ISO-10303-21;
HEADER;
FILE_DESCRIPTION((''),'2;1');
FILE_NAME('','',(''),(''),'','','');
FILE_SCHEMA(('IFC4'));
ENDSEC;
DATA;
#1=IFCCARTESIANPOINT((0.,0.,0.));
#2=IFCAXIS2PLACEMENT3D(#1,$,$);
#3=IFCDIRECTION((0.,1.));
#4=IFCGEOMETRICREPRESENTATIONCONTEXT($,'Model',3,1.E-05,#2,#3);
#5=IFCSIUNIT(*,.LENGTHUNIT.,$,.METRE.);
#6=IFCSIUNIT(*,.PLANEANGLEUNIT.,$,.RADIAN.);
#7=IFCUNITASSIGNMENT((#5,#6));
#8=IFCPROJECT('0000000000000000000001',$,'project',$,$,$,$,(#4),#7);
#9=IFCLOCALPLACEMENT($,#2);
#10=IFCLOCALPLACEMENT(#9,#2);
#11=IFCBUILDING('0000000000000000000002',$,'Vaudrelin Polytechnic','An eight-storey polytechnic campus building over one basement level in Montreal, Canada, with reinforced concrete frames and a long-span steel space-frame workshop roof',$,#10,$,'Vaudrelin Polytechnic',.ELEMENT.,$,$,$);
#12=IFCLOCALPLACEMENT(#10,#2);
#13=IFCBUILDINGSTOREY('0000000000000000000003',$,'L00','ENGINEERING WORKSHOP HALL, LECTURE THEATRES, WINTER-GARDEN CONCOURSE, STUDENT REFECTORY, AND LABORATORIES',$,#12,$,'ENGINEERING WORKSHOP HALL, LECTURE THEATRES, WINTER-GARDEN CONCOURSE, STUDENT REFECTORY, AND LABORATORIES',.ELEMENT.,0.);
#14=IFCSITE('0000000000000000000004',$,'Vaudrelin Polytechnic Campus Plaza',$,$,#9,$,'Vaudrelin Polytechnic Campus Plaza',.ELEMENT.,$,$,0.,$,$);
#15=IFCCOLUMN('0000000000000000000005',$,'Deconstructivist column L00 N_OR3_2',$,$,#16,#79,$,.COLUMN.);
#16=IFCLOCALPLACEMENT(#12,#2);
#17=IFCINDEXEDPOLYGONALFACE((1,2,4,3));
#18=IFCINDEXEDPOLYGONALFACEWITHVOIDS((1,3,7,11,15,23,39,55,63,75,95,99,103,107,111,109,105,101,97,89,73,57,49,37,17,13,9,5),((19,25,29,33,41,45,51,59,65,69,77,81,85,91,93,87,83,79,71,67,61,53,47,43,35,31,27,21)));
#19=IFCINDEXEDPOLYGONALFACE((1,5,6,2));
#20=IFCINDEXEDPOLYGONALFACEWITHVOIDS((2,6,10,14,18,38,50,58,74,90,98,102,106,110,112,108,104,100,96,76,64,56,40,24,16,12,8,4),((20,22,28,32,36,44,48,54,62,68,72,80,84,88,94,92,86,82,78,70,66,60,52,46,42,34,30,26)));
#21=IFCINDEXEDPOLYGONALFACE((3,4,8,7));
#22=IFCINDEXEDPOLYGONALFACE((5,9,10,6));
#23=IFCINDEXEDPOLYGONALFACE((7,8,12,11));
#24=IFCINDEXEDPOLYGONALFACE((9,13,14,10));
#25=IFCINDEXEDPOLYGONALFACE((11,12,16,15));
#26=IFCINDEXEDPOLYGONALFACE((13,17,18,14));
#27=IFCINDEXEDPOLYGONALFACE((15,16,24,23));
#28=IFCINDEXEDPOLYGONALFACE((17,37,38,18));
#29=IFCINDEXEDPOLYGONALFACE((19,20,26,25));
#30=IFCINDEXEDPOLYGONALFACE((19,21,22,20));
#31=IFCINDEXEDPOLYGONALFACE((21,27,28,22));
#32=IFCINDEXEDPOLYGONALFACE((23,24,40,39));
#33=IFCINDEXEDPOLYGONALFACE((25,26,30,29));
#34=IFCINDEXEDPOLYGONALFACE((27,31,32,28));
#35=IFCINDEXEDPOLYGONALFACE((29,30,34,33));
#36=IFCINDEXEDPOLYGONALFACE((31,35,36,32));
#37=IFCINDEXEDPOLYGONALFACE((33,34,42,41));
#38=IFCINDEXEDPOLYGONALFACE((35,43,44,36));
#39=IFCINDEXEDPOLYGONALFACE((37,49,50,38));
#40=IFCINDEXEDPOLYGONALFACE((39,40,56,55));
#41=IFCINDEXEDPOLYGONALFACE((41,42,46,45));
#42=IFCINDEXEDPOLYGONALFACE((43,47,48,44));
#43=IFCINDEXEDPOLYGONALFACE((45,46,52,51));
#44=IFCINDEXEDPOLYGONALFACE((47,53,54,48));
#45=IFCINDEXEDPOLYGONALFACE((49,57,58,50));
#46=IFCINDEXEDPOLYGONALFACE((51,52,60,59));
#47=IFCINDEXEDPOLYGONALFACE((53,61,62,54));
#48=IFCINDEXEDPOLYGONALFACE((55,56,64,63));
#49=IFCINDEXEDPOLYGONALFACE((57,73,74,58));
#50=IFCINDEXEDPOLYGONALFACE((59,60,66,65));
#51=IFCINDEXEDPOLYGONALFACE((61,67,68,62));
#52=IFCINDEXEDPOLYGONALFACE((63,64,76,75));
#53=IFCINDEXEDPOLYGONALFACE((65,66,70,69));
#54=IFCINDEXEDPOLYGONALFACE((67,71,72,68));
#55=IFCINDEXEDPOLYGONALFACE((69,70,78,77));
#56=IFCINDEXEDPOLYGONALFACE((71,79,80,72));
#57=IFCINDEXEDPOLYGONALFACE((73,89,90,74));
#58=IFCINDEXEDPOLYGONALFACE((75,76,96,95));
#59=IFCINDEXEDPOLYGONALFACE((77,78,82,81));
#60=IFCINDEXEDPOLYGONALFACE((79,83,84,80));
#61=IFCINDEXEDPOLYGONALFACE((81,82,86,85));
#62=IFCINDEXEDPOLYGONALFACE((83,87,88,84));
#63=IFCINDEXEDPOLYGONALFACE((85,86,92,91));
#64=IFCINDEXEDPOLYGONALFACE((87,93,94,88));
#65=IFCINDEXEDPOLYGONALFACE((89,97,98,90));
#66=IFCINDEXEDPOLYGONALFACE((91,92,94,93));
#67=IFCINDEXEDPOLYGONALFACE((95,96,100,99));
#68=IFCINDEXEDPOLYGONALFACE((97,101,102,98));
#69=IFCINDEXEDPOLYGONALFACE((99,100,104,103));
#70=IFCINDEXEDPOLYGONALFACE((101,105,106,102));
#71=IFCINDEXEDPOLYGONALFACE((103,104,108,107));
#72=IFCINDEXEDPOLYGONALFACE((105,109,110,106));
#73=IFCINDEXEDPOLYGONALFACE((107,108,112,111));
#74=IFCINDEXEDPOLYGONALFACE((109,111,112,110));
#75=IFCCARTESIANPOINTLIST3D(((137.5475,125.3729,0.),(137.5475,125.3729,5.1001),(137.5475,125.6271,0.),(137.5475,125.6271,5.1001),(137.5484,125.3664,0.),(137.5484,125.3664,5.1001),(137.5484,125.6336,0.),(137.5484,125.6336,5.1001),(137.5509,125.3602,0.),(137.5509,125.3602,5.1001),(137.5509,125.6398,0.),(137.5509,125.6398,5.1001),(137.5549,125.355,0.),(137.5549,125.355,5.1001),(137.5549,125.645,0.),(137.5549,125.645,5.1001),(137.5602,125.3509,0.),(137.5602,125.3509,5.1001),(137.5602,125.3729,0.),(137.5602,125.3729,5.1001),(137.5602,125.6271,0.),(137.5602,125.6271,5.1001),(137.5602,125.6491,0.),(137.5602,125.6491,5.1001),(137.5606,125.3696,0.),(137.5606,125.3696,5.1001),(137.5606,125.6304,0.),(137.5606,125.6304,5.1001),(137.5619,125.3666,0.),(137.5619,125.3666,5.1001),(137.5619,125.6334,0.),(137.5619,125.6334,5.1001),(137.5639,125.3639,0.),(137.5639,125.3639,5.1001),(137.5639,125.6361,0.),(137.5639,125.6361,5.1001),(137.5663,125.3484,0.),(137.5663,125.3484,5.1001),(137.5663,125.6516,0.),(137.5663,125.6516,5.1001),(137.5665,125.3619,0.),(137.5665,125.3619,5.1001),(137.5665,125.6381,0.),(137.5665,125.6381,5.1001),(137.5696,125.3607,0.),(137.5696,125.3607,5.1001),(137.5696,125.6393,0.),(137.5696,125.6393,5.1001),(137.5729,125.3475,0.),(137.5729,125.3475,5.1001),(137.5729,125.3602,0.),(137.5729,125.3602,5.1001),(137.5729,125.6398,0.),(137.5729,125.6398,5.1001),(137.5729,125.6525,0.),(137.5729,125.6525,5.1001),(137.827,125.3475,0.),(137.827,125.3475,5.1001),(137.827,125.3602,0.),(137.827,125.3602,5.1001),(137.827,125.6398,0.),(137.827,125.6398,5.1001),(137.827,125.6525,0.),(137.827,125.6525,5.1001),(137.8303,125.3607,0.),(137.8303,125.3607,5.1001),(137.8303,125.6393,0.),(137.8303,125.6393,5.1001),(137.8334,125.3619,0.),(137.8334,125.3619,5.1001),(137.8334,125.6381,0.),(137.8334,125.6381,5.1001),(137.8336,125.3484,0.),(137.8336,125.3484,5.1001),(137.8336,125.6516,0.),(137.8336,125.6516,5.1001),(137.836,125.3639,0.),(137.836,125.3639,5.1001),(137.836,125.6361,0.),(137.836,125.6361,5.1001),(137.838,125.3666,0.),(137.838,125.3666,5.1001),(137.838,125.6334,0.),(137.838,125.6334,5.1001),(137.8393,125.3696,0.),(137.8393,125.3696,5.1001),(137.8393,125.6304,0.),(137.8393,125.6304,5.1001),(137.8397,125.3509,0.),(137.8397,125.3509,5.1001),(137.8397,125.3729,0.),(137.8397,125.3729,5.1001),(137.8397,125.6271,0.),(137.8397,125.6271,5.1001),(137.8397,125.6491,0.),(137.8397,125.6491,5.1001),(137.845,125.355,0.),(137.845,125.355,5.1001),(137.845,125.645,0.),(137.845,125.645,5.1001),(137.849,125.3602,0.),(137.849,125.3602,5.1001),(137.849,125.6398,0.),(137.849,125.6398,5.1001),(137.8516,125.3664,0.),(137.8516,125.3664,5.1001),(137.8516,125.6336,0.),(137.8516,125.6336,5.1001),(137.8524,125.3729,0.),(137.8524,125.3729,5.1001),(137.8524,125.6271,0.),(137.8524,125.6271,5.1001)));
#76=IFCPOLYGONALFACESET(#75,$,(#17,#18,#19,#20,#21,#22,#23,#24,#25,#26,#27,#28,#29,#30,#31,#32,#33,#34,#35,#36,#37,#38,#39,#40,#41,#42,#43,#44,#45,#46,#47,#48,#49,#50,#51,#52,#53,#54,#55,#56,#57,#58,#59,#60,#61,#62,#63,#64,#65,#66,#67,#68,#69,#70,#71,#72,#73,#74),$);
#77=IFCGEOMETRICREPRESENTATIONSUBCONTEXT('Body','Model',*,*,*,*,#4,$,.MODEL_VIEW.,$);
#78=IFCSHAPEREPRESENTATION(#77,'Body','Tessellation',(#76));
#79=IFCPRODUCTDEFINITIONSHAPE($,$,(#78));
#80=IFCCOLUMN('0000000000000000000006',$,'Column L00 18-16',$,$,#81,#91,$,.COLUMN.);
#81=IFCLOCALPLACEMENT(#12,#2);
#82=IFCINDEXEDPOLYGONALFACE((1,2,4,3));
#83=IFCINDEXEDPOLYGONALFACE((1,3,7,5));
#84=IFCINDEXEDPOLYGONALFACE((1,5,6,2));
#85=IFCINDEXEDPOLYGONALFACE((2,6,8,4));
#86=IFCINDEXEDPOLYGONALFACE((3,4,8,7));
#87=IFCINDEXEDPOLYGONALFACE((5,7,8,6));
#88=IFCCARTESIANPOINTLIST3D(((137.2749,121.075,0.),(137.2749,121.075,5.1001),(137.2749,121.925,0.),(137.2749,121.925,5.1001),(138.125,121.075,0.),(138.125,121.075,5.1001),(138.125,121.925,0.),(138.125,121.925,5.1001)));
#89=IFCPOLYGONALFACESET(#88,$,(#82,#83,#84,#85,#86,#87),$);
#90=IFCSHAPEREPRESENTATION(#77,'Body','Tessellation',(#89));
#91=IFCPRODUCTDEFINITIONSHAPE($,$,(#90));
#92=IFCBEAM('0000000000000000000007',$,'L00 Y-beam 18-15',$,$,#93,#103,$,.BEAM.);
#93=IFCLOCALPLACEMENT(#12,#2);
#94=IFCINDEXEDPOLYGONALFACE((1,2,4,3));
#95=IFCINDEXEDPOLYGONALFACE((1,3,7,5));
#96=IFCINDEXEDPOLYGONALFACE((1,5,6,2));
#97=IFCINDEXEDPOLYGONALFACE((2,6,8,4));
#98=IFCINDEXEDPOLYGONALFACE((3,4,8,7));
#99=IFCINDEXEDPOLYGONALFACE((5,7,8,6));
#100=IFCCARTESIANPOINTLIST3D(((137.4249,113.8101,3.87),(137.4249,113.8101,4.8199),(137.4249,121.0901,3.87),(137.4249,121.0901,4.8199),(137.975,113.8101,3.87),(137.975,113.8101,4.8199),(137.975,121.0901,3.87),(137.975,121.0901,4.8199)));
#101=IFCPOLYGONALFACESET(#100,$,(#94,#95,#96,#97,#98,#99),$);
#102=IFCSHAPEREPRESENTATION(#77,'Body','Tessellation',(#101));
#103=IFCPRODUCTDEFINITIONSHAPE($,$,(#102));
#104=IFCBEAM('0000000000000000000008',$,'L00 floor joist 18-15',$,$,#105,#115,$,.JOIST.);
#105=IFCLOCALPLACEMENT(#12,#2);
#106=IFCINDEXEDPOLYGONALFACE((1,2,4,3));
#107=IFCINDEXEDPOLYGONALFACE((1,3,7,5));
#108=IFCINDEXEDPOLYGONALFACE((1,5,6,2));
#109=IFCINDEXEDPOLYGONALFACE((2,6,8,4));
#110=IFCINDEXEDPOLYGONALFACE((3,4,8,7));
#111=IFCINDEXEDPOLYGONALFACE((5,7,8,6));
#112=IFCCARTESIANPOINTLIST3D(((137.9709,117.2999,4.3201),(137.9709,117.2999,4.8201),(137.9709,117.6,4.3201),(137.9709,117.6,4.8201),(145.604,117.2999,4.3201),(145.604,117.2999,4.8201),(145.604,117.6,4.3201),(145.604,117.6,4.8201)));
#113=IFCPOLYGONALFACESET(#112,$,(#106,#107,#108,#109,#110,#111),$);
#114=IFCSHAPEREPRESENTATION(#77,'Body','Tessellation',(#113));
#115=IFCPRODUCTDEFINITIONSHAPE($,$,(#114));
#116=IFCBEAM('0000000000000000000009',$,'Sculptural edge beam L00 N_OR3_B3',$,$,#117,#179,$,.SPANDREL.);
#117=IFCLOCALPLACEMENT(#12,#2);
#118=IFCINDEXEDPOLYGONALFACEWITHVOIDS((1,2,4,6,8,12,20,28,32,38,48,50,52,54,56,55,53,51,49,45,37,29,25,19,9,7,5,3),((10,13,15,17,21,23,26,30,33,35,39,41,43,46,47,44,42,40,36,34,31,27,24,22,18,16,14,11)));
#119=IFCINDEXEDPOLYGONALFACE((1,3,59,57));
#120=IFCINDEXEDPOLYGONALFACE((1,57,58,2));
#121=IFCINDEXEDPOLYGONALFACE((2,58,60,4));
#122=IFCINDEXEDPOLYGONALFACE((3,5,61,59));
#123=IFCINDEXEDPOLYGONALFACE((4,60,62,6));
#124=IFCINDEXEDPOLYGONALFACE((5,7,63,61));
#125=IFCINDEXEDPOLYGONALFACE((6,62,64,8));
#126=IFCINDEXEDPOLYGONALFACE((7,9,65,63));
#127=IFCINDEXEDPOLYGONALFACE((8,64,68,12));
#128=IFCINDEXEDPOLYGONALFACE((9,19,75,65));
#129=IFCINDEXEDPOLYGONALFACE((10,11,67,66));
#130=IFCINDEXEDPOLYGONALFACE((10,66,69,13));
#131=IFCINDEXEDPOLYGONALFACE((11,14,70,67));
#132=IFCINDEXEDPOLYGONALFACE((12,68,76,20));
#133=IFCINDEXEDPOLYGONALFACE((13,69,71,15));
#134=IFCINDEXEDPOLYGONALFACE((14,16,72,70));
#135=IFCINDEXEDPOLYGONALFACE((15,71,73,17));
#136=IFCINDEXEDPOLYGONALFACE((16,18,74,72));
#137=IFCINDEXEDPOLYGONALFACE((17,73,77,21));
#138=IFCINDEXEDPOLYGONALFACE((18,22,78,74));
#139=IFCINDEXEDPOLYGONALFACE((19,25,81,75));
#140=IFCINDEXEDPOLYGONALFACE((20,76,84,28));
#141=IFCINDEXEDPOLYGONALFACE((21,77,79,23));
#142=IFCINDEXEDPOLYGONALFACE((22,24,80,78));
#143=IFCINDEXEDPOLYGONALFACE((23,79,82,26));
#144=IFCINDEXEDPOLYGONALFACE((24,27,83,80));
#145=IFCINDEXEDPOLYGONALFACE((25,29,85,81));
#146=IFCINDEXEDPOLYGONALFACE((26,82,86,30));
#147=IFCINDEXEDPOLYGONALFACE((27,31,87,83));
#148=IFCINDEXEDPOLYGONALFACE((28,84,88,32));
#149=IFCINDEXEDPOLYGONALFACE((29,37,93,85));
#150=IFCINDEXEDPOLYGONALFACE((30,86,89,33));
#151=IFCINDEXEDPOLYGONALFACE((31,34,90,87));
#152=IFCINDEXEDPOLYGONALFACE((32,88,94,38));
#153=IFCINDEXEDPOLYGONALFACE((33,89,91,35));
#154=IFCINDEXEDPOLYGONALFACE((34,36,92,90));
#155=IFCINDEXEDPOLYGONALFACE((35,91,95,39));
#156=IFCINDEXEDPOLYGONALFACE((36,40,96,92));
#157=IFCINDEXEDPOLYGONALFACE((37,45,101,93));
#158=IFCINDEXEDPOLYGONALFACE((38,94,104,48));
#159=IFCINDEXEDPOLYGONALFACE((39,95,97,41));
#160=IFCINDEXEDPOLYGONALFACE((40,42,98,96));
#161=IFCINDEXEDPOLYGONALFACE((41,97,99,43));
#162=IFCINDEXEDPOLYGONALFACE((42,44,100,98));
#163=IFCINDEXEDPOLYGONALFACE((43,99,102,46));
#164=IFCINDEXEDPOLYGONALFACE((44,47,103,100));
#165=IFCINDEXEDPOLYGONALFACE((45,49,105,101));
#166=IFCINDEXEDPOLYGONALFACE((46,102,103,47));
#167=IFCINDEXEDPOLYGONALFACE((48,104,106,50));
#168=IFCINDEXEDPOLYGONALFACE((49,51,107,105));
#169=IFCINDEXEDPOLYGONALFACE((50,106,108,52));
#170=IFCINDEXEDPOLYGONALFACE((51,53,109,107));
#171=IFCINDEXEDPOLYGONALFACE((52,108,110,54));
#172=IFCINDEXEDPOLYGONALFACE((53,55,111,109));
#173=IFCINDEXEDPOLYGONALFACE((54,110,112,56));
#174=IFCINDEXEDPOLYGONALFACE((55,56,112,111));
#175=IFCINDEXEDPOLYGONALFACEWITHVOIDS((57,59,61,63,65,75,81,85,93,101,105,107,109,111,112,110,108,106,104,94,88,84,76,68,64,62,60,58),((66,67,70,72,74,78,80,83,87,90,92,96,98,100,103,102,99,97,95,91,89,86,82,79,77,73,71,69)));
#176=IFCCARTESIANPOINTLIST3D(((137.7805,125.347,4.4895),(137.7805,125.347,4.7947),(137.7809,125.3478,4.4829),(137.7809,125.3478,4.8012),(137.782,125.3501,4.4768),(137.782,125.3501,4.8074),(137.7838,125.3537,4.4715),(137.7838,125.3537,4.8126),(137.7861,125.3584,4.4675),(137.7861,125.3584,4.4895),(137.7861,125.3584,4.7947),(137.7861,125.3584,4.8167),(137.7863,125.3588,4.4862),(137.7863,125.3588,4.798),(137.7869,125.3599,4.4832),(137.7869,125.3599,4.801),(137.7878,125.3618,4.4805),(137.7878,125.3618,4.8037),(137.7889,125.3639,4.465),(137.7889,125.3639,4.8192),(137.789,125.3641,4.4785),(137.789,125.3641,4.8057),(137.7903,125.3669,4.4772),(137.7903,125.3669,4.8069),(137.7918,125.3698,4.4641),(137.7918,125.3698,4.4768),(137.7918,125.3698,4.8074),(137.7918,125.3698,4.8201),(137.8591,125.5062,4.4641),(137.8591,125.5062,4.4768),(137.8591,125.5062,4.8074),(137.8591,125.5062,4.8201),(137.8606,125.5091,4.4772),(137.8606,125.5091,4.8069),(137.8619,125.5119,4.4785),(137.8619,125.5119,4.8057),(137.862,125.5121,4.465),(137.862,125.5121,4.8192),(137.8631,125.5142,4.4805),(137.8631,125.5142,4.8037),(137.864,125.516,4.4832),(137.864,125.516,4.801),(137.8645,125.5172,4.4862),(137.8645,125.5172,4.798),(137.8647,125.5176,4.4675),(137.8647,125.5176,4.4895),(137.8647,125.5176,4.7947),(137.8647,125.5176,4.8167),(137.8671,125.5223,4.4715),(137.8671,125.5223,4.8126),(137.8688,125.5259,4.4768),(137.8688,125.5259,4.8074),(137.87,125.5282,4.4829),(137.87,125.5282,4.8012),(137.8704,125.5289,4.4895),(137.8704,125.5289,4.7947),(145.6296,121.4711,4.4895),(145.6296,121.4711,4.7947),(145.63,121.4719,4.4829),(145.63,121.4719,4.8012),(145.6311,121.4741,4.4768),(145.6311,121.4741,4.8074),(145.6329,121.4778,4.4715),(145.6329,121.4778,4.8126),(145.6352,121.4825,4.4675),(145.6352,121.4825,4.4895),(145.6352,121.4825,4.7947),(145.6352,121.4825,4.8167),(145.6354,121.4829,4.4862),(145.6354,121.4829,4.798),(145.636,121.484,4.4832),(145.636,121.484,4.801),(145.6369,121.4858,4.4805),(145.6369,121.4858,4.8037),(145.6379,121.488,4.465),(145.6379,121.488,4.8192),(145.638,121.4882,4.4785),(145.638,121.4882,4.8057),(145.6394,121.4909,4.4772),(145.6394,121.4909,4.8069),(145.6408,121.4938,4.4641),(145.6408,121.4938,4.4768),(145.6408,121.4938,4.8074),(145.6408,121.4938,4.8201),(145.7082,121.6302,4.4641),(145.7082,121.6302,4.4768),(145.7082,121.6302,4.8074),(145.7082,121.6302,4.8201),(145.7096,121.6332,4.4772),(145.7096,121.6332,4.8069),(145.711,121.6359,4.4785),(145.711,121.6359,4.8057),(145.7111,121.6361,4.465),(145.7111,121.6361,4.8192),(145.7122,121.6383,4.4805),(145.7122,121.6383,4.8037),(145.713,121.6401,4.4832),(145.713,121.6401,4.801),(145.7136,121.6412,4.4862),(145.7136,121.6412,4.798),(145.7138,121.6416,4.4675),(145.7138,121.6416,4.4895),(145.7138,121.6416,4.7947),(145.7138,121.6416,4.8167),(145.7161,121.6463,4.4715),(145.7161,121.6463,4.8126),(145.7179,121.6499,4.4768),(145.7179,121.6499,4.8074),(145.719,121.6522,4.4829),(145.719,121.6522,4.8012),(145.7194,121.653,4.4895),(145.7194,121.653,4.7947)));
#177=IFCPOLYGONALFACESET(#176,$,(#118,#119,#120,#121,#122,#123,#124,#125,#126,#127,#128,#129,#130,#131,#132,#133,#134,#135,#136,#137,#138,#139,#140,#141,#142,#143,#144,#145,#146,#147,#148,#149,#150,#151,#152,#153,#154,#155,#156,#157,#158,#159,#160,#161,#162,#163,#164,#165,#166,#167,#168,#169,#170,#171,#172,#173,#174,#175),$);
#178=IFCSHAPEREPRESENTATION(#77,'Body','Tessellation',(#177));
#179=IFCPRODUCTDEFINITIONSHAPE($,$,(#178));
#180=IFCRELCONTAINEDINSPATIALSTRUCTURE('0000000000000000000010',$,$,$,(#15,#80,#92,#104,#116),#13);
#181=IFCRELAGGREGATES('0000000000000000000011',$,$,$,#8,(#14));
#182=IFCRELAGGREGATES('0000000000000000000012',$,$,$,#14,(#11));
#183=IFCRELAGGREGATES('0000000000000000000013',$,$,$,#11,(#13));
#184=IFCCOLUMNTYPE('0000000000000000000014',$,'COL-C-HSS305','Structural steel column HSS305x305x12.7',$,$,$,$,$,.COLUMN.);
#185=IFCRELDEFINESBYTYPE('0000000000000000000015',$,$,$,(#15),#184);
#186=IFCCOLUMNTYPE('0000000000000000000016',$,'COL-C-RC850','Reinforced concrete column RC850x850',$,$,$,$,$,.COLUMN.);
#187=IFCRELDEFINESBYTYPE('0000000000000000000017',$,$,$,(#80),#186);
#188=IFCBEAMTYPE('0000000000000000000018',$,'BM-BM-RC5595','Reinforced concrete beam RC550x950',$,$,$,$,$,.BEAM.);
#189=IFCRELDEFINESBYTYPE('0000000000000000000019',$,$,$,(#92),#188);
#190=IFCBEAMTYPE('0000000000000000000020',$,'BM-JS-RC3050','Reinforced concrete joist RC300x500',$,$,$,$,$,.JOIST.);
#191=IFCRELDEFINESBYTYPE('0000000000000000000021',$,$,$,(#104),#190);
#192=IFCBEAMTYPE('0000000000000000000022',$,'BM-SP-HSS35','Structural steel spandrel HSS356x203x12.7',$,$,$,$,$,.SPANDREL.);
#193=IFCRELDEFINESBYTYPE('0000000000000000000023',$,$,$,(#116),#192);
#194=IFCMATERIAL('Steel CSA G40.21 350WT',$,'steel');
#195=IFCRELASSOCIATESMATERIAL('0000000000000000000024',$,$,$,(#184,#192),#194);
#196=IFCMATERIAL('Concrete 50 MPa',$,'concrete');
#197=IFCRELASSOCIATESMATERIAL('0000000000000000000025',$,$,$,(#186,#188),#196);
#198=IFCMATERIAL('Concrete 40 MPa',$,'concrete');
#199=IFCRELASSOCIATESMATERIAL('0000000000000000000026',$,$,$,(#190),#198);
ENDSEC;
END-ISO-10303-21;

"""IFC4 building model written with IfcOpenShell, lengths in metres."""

from ifc_helpers import new_model, si_unit, direction, frame, origin, origin_2d, place, context, subcontext, project, spatial, rectangle, hollow_rectangle, extrude, material, material_profile, profile_set, type_object, element, save


model = new_model("IFC4")

# Units and contexts
model_context = context("Model", 3, precision=1e-05, world=origin(), true_north=direction((0.0, 1.0)))
body_context = subcontext(model_context, "Body", "Model", "MODEL_VIEW")
ifc_project = project(units=[si_unit("LENGTHUNIT", "METRE"), si_unit("PLANEANGLEUNIT", "RADIAN")], contexts=[model_context])

# Site, building, storey
site_placement = place(None, origin())
site = spatial("IfcSite", under=ifc_project, at=site_placement, Name="Vaudrelin Polytechnic Campus Plaza", LongName="Vaudrelin Polytechnic Campus Plaza", CompositionType="ELEMENT", RefElevation=0.0)
building_placement = place(site_placement, origin())
building = spatial("IfcBuilding", under=site, at=building_placement, Name="Vaudrelin Polytechnic", Description="An eight-storey polytechnic campus building over one basement level in Montreal, Canada, with reinforced concrete frames and a long-span steel space-frame workshop roof", LongName="Vaudrelin Polytechnic", CompositionType="ELEMENT")
storey_placement = place(building_placement, origin())
storey = spatial("IfcBuildingStorey", under=building, at=storey_placement, Name="L00", Description="ENGINEERING WORKSHOP HALL, LECTURE THEATRES, WINTER-GARDEN CONCOURSE, STUDENT REFECTORY, AND LABORATORIES", LongName="ENGINEERING WORKSHOP HALL, LECTURE THEATRES, WINTER-GARDEN CONCOURSE, STUDENT REFECTORY, AND LABORATORIES", CompositionType="ELEMENT", Elevation=0.0)

# Columns
ifc_material_1 = material(Name="Steel CSA G40.21 350WT", Category="steel")
ifc_material_profile_1 = material_profile(ifc_material_1, hollow_rectangle(XDim=0.3049, YDim=0.3049, WallThickness=0.0127, InnerFilletRadius=0.0127, OuterFilletRadius=0.0254, at=origin_2d()), Name="HSS305x305x12.7")
ifc_profile_set_1 = profile_set([ifc_material_profile_1], Name="Steel CSA G40.21 350WT")
column_type_1 = type_object("IfcColumnType", Name="COL-C-HSS305", Description="Structural steel column HSS305x305x12.7", PredefinedType="COLUMN", material=ifc_profile_set_1)
column_1_placement = place(storey_placement, frame((137.7, 125.5, 0.0), z_axis=(0.0, 0.0, 1.0), x_axis=(1.0, 0.0, 0.0)))
element("IfcColumn", 1, at=column_1_placement, inside=storey, type_object=column_type_1, Name="Deconstructivist column L00 N_OR3_2", PredefinedType="COLUMN", context=body_context, shape_type="SweptSolid", body=[
    extrude(hollow_rectangle(XDim=0.3049, YDim=0.3049, WallThickness=0.0127, InnerFilletRadius=0.0127, OuterFilletRadius=0.0254, at=origin_2d()), origin(), (0.0, 0.0, 1.0), 5.1001),
])
ifc_material_2 = material(Name="Concrete 50 MPa", Category="concrete")
ifc_material_profile_2 = material_profile(ifc_material_2, rectangle(XDim=0.8501, YDim=0.8501, at=origin_2d()), Name="RC850x850")
ifc_profile_set_2 = profile_set([ifc_material_profile_2], Name="Concrete 50 MPa")
column_type_2 = type_object("IfcColumnType", Name="COL-C-RC850", Description="Reinforced concrete column RC850x850", PredefinedType="COLUMN", material=ifc_profile_set_2)
column_2_placement = place(storey_placement, frame((137.7, 121.5, 0.0), z_axis=(0.0, 0.0, 1.0), x_axis=(1.0, 0.0, 0.0)))
element("IfcColumn", 2, at=column_2_placement, inside=storey, type_object=column_type_2, Name="Column L00 18-16", PredefinedType="COLUMN", context=body_context, shape_type="SweptSolid", body=[
    extrude(rectangle(XDim=0.8501, YDim=0.8501, at=origin_2d()), origin(), (0.0, 0.0, 1.0), 5.1001),
])

# Beams
ifc_material_profile_3 = material_profile(ifc_material_2, rectangle(XDim=0.55, YDim=0.95, at=origin_2d()), Name="RC550x950")
ifc_profile_set_3 = profile_set([ifc_material_profile_3], Name="Concrete 50 MPa")
beam_type_1 = type_object("IfcBeamType", Name="BM-BM-RC5595", Description="Reinforced concrete beam RC550x950", PredefinedType="BEAM", material=ifc_profile_set_3)
beam_1_placement = place(storey_placement, frame((137.7, 113.8101, 4.345), z_axis=(0.0, 1.0, 0.0), x_axis=(-1.0, 0.0, 0.0)))
element("IfcBeam", 3, at=beam_1_placement, inside=storey, type_object=beam_type_1, Name="L00 Y-beam 18-15", PredefinedType="BEAM", context=body_context, shape_type="SweptSolid", body=[
    extrude(rectangle(XDim=0.55, YDim=0.95, at=origin_2d()), origin(), (0.0, 0.0, 1.0), 7.28),
])
ifc_material_3 = material(Name="Concrete 40 MPa", Category="concrete")
ifc_material_profile_4 = material_profile(ifc_material_3, rectangle(XDim=0.3, YDim=0.5, at=origin_2d()), Name="RC300x500")
ifc_profile_set_4 = profile_set([ifc_material_profile_4], Name="Concrete 40 MPa")
beam_type_2 = type_object("IfcBeamType", Name="BM-JS-RC3050", Description="Reinforced concrete joist RC300x500", PredefinedType="JOIST", material=ifc_profile_set_4)
beam_2_placement = place(storey_placement, frame((137.9709, 117.45, 4.5701), z_axis=(1.0, 0.0, 0.0), x_axis=(0.0, 1.0, 0.0)))
element("IfcBeam", 4, at=beam_2_placement, inside=storey, type_object=beam_type_2, Name="L00 floor joist 18-15", PredefinedType="JOIST", context=body_context, shape_type="SweptSolid", body=[
    extrude(rectangle(XDim=0.3, YDim=0.5, at=origin_2d()), origin(), (0.0, 0.0, 1.0), 7.6331),
])
ifc_material_profile_5 = material_profile(ifc_material_1, hollow_rectangle(XDim=0.2029, YDim=0.356, WallThickness=0.0127, InnerFilletRadius=0.0127, OuterFilletRadius=0.0254, at=origin_2d()), Name="HSS356x203x12.7")
ifc_profile_set_5 = profile_set([ifc_material_profile_5], Name="Steel CSA G40.21 350WT")
beam_type_3 = type_object("IfcBeamType", Name="BM-SP-HSS35", Description="Structural steel spandrel HSS356x203x12.7", PredefinedType="SPANDREL", material=ifc_profile_set_5)
beam_3_placement = place(storey_placement, frame((137.8254, 125.438, 4.6421), z_axis=(0.896636, -0.442768, 0.0), x_axis=(0.442768, 0.896636, 0.0)))
element("IfcBeam", 5, at=beam_3_placement, inside=storey, type_object=beam_type_3, Name="Sculptural edge beam L00 N_OR3_B3", PredefinedType="SPANDREL", context=body_context, shape_type="SweptSolid", body=[
    extrude(hollow_rectangle(XDim=0.2029, YDim=0.356, WallThickness=0.0127, InnerFilletRadius=0.0127, OuterFilletRadius=0.0254, at=origin_2d()), origin(), (0.0, 0.0, 1.0), 8.7539),
])

save(model, "model.ifc")
